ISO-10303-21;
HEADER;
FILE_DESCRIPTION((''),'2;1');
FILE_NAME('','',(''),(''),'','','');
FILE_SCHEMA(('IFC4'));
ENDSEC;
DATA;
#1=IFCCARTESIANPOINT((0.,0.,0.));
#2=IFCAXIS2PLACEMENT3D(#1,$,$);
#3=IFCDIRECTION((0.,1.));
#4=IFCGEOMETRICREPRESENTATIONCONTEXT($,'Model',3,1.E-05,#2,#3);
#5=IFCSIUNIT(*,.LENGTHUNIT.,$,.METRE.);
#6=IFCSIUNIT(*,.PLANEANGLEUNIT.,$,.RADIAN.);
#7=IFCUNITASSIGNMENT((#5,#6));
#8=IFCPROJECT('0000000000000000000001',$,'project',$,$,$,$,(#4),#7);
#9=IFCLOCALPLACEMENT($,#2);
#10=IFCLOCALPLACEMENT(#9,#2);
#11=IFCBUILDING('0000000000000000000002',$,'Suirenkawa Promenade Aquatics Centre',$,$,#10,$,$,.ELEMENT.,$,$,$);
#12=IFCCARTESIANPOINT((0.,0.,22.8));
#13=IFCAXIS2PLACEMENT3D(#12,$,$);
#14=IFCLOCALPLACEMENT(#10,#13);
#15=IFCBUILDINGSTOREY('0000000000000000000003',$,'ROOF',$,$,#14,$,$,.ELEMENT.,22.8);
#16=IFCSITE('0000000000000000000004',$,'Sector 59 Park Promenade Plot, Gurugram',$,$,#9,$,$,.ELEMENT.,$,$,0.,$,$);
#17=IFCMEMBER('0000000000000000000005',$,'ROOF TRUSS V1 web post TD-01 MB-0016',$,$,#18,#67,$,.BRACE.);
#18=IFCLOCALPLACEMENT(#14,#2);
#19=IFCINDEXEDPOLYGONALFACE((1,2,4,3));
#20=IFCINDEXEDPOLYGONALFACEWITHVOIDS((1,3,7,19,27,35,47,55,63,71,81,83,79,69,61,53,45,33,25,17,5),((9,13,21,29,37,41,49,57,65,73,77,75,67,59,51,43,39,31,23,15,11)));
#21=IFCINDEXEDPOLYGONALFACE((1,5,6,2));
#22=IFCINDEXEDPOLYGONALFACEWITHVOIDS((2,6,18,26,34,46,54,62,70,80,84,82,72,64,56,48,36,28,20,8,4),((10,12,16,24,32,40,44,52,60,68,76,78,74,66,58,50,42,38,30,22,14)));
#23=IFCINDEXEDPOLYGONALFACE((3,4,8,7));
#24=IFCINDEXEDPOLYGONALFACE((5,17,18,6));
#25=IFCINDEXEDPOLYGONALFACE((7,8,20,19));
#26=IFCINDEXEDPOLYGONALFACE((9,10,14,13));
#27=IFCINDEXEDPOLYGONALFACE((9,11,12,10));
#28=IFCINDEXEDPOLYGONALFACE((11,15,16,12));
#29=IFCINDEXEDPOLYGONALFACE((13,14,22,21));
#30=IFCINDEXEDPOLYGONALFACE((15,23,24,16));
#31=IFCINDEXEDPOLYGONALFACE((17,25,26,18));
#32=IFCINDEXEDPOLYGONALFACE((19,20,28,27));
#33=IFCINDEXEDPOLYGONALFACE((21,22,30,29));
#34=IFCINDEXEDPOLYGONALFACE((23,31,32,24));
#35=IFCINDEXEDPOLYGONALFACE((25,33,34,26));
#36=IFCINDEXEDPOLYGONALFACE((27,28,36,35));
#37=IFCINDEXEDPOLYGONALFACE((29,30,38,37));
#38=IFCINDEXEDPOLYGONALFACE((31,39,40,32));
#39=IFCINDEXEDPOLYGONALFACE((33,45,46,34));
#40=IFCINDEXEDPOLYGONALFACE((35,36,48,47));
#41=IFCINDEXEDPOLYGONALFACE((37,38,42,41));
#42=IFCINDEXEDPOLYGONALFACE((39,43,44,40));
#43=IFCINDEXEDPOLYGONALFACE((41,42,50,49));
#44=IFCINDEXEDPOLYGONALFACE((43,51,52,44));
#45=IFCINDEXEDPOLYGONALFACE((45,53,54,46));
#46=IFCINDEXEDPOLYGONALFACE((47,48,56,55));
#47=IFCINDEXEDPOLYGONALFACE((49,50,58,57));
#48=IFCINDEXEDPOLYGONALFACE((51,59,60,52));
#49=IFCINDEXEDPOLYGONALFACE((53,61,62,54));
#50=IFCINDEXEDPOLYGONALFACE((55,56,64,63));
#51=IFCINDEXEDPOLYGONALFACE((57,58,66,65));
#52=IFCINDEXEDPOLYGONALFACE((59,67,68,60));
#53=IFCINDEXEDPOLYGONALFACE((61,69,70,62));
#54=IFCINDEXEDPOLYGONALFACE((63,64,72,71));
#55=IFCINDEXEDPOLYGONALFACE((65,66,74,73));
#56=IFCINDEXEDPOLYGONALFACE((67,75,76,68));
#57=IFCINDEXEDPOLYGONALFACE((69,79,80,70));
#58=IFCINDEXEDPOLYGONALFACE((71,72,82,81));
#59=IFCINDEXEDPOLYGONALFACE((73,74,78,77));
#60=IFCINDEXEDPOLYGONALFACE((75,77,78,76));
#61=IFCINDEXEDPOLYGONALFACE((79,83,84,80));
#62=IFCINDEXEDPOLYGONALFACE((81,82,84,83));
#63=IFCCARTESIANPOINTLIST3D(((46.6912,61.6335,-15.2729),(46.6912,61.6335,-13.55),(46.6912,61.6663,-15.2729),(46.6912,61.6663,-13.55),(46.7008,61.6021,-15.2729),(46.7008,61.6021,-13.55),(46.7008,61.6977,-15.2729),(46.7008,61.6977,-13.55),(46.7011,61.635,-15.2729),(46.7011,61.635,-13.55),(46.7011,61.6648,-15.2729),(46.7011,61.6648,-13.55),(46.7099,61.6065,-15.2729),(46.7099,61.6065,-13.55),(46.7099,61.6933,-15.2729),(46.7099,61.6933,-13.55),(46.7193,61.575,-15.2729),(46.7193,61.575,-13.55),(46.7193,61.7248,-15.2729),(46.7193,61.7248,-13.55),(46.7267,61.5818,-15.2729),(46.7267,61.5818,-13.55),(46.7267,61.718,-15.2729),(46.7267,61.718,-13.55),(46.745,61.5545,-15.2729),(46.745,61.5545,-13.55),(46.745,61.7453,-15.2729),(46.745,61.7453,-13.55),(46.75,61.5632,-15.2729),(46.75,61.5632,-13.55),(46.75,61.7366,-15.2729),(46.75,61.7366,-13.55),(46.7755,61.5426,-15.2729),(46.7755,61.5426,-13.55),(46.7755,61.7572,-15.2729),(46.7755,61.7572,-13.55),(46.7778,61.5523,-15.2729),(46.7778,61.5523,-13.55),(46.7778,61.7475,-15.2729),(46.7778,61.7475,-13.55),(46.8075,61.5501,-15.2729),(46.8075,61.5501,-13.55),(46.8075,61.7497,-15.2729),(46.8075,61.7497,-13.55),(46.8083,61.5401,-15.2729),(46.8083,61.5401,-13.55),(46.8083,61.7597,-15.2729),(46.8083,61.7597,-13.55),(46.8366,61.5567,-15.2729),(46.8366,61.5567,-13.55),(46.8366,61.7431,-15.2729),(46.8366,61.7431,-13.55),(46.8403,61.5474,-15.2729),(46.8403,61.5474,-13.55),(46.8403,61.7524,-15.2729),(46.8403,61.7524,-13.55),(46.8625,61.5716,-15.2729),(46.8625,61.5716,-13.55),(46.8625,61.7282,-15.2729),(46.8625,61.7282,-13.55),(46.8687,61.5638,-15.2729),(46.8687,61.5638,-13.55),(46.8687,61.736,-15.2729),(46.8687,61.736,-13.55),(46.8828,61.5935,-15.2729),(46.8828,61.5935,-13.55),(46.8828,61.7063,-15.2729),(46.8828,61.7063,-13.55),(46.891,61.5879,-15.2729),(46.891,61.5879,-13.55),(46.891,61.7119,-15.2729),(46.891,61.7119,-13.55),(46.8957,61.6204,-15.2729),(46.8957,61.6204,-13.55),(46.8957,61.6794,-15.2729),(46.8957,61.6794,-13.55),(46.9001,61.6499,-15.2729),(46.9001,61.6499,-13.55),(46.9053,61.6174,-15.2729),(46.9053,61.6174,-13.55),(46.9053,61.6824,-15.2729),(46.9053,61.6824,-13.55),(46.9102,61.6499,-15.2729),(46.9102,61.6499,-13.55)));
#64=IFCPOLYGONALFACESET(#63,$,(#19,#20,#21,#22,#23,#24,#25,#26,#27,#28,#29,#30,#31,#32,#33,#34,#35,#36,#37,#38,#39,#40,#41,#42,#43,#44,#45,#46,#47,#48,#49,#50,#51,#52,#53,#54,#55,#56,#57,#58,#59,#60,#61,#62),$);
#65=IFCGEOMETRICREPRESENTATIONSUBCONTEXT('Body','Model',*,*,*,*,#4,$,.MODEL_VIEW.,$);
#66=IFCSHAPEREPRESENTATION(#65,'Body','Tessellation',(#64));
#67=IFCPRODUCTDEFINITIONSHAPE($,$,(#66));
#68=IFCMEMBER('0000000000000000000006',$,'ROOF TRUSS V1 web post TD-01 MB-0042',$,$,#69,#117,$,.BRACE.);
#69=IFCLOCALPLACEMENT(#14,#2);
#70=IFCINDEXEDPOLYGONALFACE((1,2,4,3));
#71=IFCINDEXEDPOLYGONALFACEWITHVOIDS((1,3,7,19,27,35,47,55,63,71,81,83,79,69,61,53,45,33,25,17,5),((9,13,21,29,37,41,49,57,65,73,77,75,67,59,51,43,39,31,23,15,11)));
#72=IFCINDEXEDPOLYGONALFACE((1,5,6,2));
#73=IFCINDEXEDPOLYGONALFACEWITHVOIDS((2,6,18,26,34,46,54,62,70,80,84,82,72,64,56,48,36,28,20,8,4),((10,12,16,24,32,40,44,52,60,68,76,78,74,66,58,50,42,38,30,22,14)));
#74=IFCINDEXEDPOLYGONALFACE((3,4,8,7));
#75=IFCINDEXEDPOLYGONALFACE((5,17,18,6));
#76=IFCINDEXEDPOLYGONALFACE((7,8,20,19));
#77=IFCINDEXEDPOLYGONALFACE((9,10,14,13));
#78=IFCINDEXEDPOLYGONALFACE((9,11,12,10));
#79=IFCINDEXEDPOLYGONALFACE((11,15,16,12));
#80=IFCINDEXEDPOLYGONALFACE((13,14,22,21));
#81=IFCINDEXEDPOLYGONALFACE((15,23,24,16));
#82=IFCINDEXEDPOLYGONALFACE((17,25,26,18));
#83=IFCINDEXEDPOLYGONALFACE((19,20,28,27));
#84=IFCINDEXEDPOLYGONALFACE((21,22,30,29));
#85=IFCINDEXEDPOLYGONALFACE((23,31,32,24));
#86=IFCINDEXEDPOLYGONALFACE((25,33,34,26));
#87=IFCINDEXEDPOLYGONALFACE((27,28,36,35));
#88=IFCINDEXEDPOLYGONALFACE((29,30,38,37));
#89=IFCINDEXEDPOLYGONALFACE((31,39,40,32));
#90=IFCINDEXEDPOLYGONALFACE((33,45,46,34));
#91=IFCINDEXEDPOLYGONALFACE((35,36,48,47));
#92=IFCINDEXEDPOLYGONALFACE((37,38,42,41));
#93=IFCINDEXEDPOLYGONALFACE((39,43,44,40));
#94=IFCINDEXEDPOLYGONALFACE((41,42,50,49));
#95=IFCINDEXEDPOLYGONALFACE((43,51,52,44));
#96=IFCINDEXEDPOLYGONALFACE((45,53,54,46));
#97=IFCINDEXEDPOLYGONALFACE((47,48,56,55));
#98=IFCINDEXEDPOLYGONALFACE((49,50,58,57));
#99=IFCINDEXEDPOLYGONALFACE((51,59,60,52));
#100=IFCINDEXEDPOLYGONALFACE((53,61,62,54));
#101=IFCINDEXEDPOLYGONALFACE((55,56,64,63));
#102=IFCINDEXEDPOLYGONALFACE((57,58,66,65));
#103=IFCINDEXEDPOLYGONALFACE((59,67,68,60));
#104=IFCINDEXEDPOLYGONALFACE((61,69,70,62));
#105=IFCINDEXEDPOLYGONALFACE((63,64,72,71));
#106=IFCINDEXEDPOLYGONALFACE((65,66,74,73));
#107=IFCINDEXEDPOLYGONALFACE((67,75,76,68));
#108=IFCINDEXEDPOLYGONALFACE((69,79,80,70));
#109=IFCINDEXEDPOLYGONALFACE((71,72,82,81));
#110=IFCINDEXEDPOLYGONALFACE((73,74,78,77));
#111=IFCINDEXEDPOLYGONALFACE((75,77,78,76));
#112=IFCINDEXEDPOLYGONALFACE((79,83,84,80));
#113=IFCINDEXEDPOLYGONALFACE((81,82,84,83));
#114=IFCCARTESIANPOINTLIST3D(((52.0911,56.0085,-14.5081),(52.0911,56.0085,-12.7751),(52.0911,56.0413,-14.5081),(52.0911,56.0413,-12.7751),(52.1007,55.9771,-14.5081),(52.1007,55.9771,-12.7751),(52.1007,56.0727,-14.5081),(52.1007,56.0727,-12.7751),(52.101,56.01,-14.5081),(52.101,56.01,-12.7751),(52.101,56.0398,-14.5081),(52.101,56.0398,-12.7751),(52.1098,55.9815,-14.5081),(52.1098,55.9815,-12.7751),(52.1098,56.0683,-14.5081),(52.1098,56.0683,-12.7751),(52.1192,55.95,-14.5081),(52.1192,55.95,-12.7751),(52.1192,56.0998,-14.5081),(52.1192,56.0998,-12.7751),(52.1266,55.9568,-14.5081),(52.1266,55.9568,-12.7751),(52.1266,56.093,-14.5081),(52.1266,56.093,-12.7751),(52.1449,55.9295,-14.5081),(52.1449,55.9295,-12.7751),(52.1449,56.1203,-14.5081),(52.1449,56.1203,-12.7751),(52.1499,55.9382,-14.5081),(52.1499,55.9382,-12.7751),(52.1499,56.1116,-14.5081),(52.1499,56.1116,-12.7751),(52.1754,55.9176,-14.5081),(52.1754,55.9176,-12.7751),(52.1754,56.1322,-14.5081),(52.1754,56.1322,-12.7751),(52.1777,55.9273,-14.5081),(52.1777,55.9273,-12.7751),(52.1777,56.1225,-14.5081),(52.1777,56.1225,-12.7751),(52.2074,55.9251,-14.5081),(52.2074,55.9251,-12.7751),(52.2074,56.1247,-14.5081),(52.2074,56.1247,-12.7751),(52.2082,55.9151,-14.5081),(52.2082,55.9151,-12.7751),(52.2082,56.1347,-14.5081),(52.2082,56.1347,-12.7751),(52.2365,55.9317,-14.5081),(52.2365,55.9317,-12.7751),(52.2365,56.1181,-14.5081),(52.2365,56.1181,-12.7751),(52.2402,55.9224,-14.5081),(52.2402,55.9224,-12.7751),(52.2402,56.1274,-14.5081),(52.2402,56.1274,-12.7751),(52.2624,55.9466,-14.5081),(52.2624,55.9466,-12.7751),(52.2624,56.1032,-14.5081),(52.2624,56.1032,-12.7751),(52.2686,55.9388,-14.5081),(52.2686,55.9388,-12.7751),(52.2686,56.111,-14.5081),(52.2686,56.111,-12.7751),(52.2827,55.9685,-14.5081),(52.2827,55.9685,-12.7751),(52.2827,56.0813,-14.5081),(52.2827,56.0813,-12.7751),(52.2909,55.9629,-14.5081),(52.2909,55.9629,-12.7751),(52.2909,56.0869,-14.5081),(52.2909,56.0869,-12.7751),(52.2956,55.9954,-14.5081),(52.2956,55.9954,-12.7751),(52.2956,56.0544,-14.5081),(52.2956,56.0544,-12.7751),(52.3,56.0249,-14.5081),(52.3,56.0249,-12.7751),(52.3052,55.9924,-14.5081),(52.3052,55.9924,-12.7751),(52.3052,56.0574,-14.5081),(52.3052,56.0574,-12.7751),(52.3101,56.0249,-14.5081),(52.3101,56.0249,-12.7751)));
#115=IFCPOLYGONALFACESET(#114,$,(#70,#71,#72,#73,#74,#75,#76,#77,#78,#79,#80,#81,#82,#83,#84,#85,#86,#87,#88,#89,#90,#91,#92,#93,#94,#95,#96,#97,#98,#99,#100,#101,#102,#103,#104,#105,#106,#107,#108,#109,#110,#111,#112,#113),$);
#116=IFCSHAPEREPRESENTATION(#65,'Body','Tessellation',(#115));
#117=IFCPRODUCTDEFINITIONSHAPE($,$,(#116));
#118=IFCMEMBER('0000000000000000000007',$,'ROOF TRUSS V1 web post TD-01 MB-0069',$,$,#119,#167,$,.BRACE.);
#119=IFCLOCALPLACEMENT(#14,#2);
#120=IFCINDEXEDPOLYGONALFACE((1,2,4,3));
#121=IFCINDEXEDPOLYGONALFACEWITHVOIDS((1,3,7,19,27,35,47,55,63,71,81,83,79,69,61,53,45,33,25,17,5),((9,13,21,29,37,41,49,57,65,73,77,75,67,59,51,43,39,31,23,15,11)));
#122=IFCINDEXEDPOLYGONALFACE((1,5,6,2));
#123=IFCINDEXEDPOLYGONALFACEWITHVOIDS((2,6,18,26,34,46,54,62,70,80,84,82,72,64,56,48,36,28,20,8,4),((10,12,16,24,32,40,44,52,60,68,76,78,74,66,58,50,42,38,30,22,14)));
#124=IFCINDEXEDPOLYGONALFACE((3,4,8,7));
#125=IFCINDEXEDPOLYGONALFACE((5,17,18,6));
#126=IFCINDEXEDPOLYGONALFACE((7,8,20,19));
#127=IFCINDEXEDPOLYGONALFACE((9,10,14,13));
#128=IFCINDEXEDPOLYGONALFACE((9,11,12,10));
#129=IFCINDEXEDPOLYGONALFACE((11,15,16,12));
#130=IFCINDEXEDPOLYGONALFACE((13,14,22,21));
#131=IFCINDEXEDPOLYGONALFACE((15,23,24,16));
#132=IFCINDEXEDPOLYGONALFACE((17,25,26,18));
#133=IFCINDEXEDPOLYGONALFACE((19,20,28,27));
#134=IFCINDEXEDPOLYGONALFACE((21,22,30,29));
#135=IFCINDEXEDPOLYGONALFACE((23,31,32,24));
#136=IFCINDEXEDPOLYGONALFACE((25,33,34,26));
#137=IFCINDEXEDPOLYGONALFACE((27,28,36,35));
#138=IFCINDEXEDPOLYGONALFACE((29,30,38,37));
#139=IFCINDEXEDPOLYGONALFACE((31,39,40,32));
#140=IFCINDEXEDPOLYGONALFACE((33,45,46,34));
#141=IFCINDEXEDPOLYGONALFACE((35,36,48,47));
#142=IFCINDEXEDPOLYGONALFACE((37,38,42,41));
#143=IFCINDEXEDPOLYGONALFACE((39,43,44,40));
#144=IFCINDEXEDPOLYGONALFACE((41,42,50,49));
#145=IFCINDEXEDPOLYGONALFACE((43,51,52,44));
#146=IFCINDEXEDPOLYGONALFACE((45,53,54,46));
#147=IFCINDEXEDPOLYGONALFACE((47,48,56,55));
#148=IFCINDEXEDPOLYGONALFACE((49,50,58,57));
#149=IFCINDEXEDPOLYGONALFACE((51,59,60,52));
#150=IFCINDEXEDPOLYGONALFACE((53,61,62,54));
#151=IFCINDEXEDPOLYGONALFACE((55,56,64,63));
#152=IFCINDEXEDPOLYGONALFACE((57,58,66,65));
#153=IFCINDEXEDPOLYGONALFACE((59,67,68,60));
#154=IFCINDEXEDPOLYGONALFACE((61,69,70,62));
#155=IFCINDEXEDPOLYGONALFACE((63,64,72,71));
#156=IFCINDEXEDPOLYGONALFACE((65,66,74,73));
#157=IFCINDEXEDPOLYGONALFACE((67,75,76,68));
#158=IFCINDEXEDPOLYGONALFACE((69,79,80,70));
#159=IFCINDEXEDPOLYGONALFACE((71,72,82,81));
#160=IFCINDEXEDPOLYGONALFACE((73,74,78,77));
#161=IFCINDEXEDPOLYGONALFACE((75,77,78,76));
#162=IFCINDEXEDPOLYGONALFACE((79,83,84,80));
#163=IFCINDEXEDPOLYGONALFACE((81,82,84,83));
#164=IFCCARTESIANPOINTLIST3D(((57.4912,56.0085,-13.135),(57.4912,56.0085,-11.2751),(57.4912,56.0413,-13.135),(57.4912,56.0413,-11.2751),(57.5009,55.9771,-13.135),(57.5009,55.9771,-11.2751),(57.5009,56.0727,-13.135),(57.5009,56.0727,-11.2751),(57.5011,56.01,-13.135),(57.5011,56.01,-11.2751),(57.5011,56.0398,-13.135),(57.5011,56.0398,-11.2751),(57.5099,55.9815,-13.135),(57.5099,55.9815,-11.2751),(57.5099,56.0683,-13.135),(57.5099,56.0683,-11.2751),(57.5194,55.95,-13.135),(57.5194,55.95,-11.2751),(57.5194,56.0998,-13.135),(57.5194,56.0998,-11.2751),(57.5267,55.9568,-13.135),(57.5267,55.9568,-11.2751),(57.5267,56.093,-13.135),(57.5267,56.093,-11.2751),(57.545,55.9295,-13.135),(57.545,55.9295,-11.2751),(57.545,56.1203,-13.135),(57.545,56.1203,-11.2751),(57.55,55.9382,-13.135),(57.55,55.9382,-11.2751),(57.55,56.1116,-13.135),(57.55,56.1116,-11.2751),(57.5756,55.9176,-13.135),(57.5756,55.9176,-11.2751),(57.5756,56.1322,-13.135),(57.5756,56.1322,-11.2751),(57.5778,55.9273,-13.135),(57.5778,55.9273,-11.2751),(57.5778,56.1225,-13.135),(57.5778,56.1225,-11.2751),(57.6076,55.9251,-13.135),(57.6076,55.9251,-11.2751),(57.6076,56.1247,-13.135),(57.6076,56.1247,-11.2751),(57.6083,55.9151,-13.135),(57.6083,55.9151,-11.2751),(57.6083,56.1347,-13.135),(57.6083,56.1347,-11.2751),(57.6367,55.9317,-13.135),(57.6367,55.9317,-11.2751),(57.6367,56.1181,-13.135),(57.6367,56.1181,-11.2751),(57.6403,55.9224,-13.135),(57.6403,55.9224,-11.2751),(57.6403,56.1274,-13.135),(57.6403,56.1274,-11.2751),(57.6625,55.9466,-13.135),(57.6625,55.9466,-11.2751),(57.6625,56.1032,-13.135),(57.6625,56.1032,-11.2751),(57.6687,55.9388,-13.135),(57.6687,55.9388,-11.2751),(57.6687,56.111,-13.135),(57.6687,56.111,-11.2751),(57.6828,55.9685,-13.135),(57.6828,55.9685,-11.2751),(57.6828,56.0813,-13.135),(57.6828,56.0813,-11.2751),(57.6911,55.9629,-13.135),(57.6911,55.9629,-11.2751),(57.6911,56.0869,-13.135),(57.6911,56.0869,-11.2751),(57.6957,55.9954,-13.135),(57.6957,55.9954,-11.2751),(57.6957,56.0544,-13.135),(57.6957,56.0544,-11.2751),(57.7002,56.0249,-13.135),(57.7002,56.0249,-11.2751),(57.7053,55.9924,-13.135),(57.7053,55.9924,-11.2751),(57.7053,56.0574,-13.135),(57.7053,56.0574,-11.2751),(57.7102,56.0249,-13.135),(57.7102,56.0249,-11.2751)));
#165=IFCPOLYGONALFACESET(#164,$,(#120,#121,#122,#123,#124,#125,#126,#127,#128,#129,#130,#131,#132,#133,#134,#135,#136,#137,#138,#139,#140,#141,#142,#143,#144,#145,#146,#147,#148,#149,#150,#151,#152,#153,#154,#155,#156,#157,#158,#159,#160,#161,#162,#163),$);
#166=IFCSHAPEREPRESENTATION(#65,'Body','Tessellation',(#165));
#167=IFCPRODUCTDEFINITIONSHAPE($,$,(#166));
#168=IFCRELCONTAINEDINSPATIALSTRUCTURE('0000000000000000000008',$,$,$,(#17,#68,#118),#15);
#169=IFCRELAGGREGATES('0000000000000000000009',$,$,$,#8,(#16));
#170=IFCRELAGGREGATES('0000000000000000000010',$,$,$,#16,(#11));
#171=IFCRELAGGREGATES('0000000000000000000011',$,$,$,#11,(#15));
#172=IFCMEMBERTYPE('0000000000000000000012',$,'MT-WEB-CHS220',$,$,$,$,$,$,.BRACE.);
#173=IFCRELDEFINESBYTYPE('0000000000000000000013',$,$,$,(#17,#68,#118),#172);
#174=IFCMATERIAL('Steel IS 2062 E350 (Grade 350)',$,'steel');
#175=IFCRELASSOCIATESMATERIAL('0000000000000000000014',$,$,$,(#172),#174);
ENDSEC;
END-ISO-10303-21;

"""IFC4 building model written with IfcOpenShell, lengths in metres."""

from ifc_helpers import new_model, si_unit, direction, frame, origin, origin_2d, place, context, subcontext, project, spatial, hollow_circle, extrude, material, material_profile, profile_set, type_object, element, save


model = new_model("IFC4")

# Units and contexts
model_context = context("Model", 3, precision=1e-05, world=origin(), true_north=direction((0.0, 1.0)))
body_context = subcontext(model_context, "Body", "Model", "MODEL_VIEW")
ifc_project = project(units=[si_unit("LENGTHUNIT", "METRE"), si_unit("PLANEANGLEUNIT", "RADIAN")], contexts=[model_context])

# Site, building, storey
site_placement = place(None, origin())
site = spatial("IfcSite", under=ifc_project, at=site_placement, Name="Sector 59 Park Promenade Plot, Gurugram", CompositionType="ELEMENT", RefElevation=0.0)
building_placement = place(site_placement, origin())
building = spatial("IfcBuilding", under=site, at=building_placement, Name="Suirenkawa Promenade Aquatics Centre", CompositionType="ELEMENT")
storey_placement = place(building_placement, frame((0.0, 0.0, 22.8)))
storey = spatial("IfcBuildingStorey", under=building, at=storey_placement, Name="ROOF", CompositionType="ELEMENT", Elevation=22.8)

# Shared definitions
ifc_material = material(Name="Steel IS 2062 E350 (Grade 350)", Category="steel")

# Members
ifc_material_profile_1 = material_profile(ifc_material, hollow_circle(Radius=0.1101, WallThickness=0.01, at=origin_2d()), Name="CHS 220x10", Category="steel")
ifc_profile_set_1 = profile_set([ifc_material_profile_1], Name="Steel IS 2062 E350 (Grade 350)")
member_type_1 = type_object("IfcMemberType", Name="MT-WEB-CHS220", PredefinedType="BRACE", material=ifc_profile_set_1)
member_1_placement = place(storey_placement, frame((46.8, 61.6499, -15.2729), z_axis=(0.0, 0.0, 1.0), x_axis=(1.0, 0.0, 0.0)))
element("IfcMember", 1, at=member_1_placement, inside=storey, type_object=member_type_1, Name="ROOF TRUSS V1 web post TD-01 MB-0016", PredefinedType="BRACE", context=body_context, shape_type="SweptSolid", body=[
    extrude(hollow_circle(Radius=0.1101, WallThickness=0.01, at=origin_2d()), origin(), (0.0, 0.0, 1.0), 1.7229),
])
member_2_placement = place(storey_placement, frame((52.2, 56.0249, -14.5081), z_axis=(0.0, 0.0, 1.0), x_axis=(1.0, 0.0, 0.0)))
element("IfcMember", 2, at=member_2_placement, inside=storey, type_object=member_type_1, Name="ROOF TRUSS V1 web post TD-01 MB-0042", PredefinedType="BRACE", context=body_context, shape_type="SweptSolid", body=[
    extrude(hollow_circle(Radius=0.1101, WallThickness=0.01, at=origin_2d()), origin(), (0.0, 0.0, 1.0), 1.7329),
])
member_3_placement = place(storey_placement, frame((57.6001, 56.0249, -13.135), z_axis=(0.0, 0.0, 1.0), x_axis=(1.0, 0.0, 0.0)))
element("IfcMember", 3, at=member_3_placement, inside=storey, type_object=member_type_1, Name="ROOF TRUSS V1 web post TD-01 MB-0069", PredefinedType="BRACE", context=body_context, shape_type="SweptSolid", body=[
    extrude(hollow_circle(Radius=0.1101, WallThickness=0.01, at=origin_2d()), origin(), (0.0, 0.0, 1.0), 1.8599),
])

save(model, "model.ifc")
